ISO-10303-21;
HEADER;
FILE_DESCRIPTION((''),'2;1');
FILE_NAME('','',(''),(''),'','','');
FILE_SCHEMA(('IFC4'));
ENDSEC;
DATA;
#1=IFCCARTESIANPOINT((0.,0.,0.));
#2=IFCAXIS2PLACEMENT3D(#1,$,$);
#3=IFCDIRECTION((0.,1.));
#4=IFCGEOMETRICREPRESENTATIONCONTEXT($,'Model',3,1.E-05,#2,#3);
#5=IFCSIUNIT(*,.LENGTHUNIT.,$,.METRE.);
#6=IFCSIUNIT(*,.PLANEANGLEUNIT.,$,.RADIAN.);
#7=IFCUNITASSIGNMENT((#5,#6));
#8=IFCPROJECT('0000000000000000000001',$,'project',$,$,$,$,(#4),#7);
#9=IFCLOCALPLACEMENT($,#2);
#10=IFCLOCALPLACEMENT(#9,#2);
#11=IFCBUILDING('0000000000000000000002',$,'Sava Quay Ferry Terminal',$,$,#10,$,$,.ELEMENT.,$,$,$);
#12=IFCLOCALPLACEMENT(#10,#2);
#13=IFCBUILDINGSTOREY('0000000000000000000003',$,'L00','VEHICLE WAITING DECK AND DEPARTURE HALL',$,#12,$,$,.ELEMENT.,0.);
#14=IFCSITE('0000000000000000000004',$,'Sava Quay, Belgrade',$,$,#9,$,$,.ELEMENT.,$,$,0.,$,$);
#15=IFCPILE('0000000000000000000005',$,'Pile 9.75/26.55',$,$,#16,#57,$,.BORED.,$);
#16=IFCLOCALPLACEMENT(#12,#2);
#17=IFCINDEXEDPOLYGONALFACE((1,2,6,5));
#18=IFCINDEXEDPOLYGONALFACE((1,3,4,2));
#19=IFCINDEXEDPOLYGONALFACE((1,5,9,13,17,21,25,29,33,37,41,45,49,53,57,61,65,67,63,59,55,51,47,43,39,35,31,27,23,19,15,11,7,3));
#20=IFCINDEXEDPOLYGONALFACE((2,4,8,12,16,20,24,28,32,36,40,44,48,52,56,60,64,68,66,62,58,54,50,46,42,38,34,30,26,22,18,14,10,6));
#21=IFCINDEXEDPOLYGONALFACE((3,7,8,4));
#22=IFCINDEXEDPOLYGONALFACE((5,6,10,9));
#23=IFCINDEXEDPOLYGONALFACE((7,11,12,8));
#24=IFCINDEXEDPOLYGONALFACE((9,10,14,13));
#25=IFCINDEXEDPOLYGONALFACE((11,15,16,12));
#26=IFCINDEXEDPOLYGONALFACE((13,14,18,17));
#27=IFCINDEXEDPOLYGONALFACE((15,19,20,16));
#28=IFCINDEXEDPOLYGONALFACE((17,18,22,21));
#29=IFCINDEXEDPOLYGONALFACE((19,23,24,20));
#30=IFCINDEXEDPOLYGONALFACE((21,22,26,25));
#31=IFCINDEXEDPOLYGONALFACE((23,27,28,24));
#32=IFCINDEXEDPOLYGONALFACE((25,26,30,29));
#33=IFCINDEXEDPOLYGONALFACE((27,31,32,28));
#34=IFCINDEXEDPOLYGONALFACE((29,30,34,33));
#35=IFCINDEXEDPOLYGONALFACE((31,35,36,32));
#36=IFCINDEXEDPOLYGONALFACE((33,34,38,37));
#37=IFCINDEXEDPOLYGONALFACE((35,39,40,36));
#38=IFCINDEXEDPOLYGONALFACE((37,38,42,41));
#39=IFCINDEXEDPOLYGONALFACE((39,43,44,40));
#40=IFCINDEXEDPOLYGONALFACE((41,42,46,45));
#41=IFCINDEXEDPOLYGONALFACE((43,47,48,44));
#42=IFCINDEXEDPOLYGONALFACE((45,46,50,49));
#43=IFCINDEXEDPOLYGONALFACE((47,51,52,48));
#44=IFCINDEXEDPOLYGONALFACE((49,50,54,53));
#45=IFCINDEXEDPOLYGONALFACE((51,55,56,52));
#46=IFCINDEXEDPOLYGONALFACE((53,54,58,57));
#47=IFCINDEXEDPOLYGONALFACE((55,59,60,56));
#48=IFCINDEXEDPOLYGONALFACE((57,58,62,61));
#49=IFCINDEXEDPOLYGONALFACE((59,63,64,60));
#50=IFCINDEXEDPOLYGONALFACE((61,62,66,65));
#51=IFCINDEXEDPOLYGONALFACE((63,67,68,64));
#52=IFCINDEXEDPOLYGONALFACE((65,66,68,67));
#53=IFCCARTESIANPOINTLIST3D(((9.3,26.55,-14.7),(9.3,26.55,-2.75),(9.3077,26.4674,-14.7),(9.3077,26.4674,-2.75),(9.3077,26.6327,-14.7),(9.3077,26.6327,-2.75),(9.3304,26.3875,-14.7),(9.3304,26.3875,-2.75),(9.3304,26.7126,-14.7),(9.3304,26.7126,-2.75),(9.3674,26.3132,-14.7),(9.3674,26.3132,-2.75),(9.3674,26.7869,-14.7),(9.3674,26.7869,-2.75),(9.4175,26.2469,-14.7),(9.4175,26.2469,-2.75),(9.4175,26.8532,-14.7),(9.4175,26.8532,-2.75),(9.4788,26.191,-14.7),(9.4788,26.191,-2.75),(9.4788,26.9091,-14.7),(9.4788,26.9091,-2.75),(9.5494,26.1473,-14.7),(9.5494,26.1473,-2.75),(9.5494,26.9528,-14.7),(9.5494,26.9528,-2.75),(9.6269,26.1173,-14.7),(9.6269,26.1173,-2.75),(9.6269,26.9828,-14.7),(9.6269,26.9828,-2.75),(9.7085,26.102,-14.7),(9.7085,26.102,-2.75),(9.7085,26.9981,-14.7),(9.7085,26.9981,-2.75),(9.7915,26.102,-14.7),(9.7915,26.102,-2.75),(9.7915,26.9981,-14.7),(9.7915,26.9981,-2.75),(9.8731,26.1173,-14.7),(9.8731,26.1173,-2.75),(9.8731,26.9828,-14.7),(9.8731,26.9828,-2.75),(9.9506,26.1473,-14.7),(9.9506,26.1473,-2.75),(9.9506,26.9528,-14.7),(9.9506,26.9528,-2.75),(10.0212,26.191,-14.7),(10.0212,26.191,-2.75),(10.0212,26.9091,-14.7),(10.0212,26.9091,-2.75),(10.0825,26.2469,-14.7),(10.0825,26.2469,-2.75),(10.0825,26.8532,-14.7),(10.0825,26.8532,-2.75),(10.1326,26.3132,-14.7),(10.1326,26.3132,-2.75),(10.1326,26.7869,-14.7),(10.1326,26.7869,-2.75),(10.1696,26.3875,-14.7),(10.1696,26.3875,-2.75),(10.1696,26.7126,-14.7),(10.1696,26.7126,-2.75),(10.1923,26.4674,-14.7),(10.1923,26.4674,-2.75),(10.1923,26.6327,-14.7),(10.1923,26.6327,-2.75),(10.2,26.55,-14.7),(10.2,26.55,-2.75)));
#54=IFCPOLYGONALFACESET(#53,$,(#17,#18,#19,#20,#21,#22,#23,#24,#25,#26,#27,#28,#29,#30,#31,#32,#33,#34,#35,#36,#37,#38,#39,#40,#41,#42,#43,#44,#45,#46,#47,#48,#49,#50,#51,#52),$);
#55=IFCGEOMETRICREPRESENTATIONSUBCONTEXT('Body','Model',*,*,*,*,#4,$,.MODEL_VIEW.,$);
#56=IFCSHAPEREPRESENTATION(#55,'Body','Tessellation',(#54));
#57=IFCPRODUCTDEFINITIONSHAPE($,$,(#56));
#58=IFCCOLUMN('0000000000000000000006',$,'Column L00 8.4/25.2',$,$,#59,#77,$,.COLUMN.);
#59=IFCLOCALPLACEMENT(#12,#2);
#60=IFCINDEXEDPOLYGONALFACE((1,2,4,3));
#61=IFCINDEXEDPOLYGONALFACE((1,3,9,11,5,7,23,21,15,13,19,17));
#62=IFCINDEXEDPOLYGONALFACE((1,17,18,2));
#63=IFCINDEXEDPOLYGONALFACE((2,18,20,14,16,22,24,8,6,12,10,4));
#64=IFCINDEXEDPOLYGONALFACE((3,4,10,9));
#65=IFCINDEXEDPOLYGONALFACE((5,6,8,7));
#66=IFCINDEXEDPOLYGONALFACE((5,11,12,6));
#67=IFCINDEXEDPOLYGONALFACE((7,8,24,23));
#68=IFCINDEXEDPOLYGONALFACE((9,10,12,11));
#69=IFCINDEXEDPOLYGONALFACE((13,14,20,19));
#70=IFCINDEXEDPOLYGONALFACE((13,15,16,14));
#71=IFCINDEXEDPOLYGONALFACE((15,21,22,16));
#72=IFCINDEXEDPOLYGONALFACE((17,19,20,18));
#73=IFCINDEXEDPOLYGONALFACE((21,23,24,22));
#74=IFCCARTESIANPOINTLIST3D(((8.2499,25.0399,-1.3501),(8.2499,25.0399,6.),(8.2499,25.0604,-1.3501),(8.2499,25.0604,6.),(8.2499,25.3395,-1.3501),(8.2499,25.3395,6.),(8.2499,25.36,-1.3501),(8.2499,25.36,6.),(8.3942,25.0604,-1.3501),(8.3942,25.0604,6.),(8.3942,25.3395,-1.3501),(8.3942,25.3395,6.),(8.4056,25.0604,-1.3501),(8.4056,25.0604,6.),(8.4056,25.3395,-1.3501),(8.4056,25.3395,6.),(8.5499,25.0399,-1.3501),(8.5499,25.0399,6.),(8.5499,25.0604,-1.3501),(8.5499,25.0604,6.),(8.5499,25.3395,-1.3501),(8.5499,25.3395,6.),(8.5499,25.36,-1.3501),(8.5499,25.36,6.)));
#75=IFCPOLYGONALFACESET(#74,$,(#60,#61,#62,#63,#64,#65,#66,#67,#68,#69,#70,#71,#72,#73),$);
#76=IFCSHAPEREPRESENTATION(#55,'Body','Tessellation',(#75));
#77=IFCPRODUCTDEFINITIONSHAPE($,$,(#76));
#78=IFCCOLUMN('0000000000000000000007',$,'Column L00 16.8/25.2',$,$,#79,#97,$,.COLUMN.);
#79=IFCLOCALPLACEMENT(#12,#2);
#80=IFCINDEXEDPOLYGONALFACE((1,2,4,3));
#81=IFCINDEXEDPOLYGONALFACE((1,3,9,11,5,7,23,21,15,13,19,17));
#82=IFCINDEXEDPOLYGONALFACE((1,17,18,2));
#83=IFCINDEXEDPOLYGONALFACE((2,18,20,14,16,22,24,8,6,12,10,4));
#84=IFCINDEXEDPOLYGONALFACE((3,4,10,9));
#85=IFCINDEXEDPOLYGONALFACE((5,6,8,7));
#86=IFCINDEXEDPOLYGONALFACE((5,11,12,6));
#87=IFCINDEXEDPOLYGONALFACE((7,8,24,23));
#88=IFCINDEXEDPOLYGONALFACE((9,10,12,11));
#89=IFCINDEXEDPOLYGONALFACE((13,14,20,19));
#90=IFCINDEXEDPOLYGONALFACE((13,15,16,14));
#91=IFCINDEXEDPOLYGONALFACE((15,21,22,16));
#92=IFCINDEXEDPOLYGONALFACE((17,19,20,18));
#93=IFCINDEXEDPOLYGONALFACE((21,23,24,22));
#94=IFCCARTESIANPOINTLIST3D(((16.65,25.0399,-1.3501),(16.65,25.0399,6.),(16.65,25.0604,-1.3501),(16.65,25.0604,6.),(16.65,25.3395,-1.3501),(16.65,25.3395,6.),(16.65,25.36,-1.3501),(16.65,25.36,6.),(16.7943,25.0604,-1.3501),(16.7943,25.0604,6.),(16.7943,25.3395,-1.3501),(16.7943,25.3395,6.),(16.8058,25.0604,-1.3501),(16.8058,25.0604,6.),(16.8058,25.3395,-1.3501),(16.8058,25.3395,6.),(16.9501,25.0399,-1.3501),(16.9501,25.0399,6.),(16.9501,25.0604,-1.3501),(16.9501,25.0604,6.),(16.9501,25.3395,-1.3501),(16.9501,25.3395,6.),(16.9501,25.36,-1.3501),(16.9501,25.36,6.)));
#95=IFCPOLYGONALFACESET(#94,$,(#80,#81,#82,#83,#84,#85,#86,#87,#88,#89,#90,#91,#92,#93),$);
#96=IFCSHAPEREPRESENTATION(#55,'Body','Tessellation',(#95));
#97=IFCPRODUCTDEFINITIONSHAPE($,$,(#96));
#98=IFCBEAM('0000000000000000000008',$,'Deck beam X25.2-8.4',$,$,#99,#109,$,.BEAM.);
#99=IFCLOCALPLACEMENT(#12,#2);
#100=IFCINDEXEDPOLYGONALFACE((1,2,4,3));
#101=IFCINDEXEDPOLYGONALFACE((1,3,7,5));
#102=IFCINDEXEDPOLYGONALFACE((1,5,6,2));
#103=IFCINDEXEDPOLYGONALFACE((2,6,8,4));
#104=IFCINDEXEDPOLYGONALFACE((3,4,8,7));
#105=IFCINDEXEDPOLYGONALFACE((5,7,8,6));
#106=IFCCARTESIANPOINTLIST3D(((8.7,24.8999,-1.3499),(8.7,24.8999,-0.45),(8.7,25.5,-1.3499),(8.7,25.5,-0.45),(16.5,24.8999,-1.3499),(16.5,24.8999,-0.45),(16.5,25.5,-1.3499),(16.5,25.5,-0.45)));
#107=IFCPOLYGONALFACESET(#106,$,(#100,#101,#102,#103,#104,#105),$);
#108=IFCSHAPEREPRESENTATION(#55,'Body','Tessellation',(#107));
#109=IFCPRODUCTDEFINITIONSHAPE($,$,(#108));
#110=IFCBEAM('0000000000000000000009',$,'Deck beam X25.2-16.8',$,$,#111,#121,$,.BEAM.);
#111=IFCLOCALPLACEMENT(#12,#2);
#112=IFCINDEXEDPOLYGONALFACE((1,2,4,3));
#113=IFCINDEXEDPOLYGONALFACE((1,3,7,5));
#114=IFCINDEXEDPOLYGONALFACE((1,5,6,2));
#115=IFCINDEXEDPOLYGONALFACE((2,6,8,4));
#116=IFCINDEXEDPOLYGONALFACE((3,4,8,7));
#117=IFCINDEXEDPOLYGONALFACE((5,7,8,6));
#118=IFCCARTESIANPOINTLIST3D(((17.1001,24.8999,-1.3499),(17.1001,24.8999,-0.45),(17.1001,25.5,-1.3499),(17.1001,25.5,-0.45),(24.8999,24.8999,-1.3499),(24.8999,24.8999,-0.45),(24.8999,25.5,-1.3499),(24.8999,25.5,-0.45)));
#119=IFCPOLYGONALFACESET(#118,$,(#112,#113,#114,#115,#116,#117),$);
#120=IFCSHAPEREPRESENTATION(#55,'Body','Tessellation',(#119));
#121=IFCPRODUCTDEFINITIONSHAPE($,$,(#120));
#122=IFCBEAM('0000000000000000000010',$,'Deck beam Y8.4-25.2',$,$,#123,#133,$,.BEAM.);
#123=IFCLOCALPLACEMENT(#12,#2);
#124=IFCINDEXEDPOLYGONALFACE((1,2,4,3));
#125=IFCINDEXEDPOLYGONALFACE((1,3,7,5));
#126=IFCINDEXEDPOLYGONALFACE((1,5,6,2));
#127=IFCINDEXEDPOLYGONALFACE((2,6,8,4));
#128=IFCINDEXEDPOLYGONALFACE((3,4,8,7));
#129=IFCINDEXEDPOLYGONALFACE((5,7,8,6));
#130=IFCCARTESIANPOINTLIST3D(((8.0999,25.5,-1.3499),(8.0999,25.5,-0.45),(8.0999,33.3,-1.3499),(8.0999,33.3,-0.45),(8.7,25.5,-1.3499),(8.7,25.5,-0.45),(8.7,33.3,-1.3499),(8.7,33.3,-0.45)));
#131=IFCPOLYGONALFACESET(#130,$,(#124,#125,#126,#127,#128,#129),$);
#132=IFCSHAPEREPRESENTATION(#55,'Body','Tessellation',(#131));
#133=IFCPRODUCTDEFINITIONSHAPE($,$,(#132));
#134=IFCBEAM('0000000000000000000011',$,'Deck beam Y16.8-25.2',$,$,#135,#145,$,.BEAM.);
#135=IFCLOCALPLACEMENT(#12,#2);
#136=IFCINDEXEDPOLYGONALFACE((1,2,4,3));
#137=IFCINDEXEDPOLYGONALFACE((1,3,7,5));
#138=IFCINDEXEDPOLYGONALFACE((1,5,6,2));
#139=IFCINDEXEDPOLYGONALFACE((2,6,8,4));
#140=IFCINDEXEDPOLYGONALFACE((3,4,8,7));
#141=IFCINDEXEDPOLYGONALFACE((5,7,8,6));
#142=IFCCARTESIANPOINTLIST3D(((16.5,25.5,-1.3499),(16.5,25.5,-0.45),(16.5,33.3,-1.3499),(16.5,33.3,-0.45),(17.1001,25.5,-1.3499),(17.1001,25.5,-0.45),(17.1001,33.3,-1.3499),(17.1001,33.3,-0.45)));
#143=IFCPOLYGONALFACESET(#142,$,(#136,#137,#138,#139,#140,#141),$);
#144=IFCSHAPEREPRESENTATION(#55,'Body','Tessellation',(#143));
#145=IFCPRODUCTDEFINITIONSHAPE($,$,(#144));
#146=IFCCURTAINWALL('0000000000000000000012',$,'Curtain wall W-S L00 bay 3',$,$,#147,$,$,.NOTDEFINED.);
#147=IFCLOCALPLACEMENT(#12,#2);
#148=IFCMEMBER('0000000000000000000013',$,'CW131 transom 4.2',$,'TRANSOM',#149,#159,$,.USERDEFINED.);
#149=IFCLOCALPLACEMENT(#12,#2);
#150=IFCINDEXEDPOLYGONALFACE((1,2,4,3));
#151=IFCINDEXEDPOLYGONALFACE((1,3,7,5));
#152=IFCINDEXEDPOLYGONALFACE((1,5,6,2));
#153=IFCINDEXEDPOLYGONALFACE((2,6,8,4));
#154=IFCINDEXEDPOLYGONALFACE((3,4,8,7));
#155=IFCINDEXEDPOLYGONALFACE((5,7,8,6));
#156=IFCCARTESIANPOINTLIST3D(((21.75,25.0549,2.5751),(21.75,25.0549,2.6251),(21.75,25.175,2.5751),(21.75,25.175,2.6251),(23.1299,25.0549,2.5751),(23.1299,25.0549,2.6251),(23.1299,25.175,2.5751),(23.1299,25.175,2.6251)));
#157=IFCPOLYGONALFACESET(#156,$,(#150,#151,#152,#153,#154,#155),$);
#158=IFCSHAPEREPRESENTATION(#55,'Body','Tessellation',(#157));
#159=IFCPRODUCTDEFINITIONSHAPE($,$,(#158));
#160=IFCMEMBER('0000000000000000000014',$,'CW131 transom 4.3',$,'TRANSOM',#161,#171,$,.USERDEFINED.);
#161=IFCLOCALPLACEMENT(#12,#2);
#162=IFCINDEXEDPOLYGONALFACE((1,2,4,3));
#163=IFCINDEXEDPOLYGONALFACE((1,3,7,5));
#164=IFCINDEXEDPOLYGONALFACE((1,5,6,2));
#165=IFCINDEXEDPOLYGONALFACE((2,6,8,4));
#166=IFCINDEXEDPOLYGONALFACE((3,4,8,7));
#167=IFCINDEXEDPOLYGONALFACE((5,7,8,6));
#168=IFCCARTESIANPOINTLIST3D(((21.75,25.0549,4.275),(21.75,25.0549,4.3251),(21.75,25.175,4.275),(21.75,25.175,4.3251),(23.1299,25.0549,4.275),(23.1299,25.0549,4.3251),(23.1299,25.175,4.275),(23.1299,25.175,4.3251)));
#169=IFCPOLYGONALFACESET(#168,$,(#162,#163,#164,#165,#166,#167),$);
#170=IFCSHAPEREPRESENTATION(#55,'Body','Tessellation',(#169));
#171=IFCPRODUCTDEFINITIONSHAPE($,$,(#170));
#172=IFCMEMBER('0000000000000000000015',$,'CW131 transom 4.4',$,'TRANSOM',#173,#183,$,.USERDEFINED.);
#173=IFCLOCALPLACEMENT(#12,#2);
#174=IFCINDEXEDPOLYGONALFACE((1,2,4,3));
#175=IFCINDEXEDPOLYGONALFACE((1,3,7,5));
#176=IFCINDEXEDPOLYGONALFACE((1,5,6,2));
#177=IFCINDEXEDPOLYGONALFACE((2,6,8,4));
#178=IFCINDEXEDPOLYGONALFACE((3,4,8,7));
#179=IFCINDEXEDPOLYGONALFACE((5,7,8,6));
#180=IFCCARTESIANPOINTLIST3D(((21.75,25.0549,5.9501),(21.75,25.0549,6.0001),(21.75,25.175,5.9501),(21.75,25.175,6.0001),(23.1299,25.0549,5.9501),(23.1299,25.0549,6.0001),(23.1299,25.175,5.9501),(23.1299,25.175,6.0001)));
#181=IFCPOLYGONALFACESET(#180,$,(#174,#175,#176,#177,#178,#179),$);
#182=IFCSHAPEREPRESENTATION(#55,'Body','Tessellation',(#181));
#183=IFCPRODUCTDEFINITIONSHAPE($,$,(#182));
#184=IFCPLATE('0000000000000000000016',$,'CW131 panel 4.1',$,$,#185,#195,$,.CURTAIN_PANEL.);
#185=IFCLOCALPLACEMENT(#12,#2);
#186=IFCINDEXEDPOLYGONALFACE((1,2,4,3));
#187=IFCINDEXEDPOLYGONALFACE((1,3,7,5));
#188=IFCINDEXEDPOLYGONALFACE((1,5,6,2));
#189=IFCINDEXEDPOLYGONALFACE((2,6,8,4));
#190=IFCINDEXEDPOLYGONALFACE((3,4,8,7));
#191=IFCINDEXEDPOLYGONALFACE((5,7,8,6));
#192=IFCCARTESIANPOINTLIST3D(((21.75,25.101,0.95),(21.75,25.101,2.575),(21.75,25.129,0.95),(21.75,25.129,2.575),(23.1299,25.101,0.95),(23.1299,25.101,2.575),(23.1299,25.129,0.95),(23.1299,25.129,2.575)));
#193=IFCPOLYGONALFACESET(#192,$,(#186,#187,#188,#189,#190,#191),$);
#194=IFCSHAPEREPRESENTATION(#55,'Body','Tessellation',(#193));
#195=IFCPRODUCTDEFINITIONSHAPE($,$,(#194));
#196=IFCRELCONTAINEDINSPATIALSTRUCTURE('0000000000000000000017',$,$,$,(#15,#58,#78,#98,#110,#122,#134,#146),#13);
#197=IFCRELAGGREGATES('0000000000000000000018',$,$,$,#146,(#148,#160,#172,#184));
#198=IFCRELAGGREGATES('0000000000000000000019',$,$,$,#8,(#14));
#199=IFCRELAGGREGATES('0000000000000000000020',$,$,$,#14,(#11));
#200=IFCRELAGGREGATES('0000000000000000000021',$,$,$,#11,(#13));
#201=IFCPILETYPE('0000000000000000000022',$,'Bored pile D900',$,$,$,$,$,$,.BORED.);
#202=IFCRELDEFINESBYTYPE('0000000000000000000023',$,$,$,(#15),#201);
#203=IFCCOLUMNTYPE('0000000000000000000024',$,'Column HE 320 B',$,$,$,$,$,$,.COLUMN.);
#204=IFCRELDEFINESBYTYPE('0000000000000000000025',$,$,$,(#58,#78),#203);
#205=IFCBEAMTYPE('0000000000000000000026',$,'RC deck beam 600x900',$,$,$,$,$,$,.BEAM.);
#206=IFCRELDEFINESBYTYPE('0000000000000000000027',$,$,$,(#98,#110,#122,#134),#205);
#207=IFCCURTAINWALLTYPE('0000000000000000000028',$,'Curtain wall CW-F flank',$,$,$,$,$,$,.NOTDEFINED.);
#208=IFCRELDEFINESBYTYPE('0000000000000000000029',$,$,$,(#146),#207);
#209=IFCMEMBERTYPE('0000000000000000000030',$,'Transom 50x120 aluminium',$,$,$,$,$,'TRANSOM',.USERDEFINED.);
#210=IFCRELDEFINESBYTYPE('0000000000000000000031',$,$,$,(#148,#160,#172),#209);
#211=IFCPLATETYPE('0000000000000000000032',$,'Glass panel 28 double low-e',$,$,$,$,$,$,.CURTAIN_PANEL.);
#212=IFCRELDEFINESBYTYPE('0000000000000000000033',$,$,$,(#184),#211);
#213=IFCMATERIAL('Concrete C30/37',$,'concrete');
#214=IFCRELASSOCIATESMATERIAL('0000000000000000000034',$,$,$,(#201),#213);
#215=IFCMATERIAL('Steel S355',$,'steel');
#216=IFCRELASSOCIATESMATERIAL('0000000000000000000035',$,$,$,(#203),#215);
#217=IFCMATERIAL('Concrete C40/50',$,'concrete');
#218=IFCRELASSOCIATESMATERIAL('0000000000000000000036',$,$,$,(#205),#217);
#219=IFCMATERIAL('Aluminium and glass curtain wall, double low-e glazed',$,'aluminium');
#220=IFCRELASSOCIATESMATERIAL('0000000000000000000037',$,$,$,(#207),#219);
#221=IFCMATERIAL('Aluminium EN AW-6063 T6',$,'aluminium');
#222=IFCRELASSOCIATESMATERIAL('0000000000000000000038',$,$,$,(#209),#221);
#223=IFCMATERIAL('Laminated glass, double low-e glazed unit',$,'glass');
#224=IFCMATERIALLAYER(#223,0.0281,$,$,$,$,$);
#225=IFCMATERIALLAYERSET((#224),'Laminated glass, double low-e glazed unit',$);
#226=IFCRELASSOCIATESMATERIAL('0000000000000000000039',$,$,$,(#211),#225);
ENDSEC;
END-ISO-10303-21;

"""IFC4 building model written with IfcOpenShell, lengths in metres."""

from ifc_helpers import new_model, si_unit, direction, frame, origin, origin_2d, place, context, subcontext, project, spatial, rectangle, circle, i_section, extrude, material, layer, layer_set, material_profile, profile_set, type_object, element, aggregate, save


model = new_model("IFC4")

# Units and contexts
model_context = context("Model", 3, precision=1e-05, world=origin(), true_north=direction((0.0, 1.0)))
body_context = subcontext(model_context, "Body", "Model", "MODEL_VIEW")
ifc_project = project(units=[si_unit("LENGTHUNIT", "METRE"), si_unit("PLANEANGLEUNIT", "RADIAN")], contexts=[model_context])

# Site, building, storey
site_placement = place(None, origin())
site = spatial("IfcSite", under=ifc_project, at=site_placement, Name="Sava Quay, Belgrade", CompositionType="ELEMENT", RefElevation=0.0)
building_placement = place(site_placement, origin())
building = spatial("IfcBuilding", under=site, at=building_placement, Name="Sava Quay Ferry Terminal", CompositionType="ELEMENT")
storey_placement = place(building_placement, origin())
storey = spatial("IfcBuildingStorey", under=building, at=storey_placement, Name="L00", Description="VEHICLE WAITING DECK AND DEPARTURE HALL", CompositionType="ELEMENT", Elevation=0.0)

# Pile
ifc_material_1 = material(Name="Concrete C30/37", Category="concrete")
ifc_material_profile_1 = material_profile(ifc_material_1, circle(Radius=0.45, at=origin_2d()), Name="Bored pile D900")
ifc_profile_set_1 = profile_set([ifc_material_profile_1], Name="Concrete C30/37")
pile_type = type_object("IfcPileType", Name="Bored pile D900", PredefinedType="BORED", material=ifc_profile_set_1)
pile_placement = place(storey_placement, frame((9.75, 26.55, -2.75), z_axis=(0.0, 0.0, -1.0), x_axis=(1.0, 0.0, 0.0)))
element("IfcPile", 1, at=pile_placement, inside=storey, type_object=pile_type, Name="Pile 9.75/26.55", PredefinedType="BORED", context=body_context, shape_type="SweptSolid", body=[
    extrude(circle(Radius=0.45, at=origin_2d()), origin(), (0.0, 0.0, 1.0), 11.95),
])

# Columns
ifc_material_2 = material(Name="Steel S355", Category="steel")
ifc_material_profile_2 = material_profile(ifc_material_2, i_section(OverallWidth=0.3, OverallDepth=0.3201, WebThickness=0.0115, FlangeThickness=0.0205, at=origin_2d()), Name="HE 320 B")
ifc_profile_set_2 = profile_set([ifc_material_profile_2], Name="Steel S355")
column_type = type_object("IfcColumnType", Name="Column HE 320 B", PredefinedType="COLUMN", material=ifc_profile_set_2)
for number, where, z_axis, x_axis, name in (
    (2, (8.3999, 25.2, -1.3501), (0.0, 0.0, 1.0), (1.0, 0.0, 0.0), "Column L00 8.4/25.2"),
    (3, (16.8, 25.2, -1.3501), (0.0, 0.0, 1.0), (1.0, 0.0, 0.0), "Column L00 16.8/25.2"),
):
    element("IfcColumn", number, at=place(storey_placement, frame(where, z_axis=z_axis, x_axis=x_axis)), inside=storey, type_object=column_type, Name=name, PredefinedType="COLUMN", context=body_context, shape_type="SweptSolid", body=[
        extrude(i_section(OverallWidth=0.3, OverallDepth=0.3201, WebThickness=0.0115, FlangeThickness=0.0205, at=origin_2d()), origin(), (0.0, 0.0, 1.0), 7.3501),
    ])

# Beams
ifc_material_3 = material(Name="Concrete C40/50", Category="concrete")
ifc_material_profile_3 = material_profile(ifc_material_3, rectangle(XDim=0.6001, YDim=0.8999, at=origin_2d()), Name="RC 600x900")
ifc_profile_set_3 = profile_set([ifc_material_profile_3], Name="Concrete C40/50")
beam_type = type_object("IfcBeamType", Name="RC deck beam 600x900", PredefinedType="BEAM", material=ifc_profile_set_3)
beam_1_placement = place(storey_placement, frame((8.7, 25.2, -0.8999), z_axis=(1.0, 0.0, 0.0), x_axis=(0.0, 1.0, 0.0)))
element("IfcBeam", 4, at=beam_1_placement, inside=storey, type_object=beam_type, Name="Deck beam X25.2-8.4", PredefinedType="BEAM", context=body_context, shape_type="SweptSolid", body=[
    extrude(rectangle(XDim=0.6001, YDim=0.8999, at=origin_2d()), origin(), (0.0, 0.0, 1.0), 7.8),
])
beam_2_placement = place(storey_placement, frame((17.1001, 25.2, -0.8999), z_axis=(1.0, 0.0, 0.0), x_axis=(0.0, 1.0, 0.0)))
element("IfcBeam", 5, at=beam_2_placement, inside=storey, type_object=beam_type, Name="Deck beam X25.2-16.8", PredefinedType="BEAM", context=body_context, shape_type="SweptSolid", body=[
    extrude(rectangle(XDim=0.6001, YDim=0.8999, at=origin_2d()), origin(), (0.0, 0.0, 1.0), 7.7998),
])
for number, where, z_axis, x_axis, name in (
    (6, (8.3999, 25.5, -0.8999), (0.0, 1.0, 0.0), (-1.0, 0.0, 0.0), "Deck beam Y8.4-25.2"),
    (7, (16.8, 25.5, -0.8999), (0.0, 1.0, 0.0), (-1.0, 0.0, 0.0), "Deck beam Y16.8-25.2"),
):
    element("IfcBeam", number, at=place(storey_placement, frame(where, z_axis=z_axis, x_axis=x_axis)), inside=storey, type_object=beam_type, Name=name, PredefinedType="BEAM", context=body_context, shape_type="SweptSolid", body=[
        extrude(rectangle(XDim=0.6001, YDim=0.8999, at=origin_2d()), origin(), (0.0, 0.0, 1.0), 7.8),
    ])

# Curtain wall, members, plate
ifc_material_4 = material(Name="Aluminium and glass curtain wall, double low-e glazed", Category="aluminium")
curtain_wall_type = type_object("IfcCurtainWallType", Name="Curtain wall CW-F flank", PredefinedType="NOTDEFINED", material=ifc_material_4)
curtain_wall_placement = place(storey_placement, origin())
curtain_wall = element("IfcCurtainWall", 8, at=curtain_wall_placement, inside=storey, type_object=curtain_wall_type, Name="Curtain wall W-S L00 bay 3", PredefinedType="NOTDEFINED")
ifc_material_5 = material(Name="Aluminium EN AW-6063 T6", Category="aluminium")
ifc_material_profile_4 = material_profile(ifc_material_5, rectangle(XDim=0.1201, YDim=0.05, at=origin_2d()), Name="Transom 50x120 aluminium")
ifc_profile_set_4 = profile_set([ifc_material_profile_4], Name="Aluminium EN AW-6063 T6")
member_type = type_object("IfcMemberType", Name="Transom 50x120 aluminium", ElementType="TRANSOM", PredefinedType="USERDEFINED", material=ifc_profile_set_4)
member_1_placement = place(storey_placement, frame((21.75, 25.115, 2.6001), z_axis=(1.0, 0.0, 0.0), x_axis=(0.0, 1.0, 0.0)))
member_1 = element("IfcMember", 9, at=member_1_placement, type_object=member_type, Name="CW131 transom 4.2", ObjectType="TRANSOM", PredefinedType="USERDEFINED", context=body_context, shape_type="SweptSolid", body=[
    extrude(rectangle(XDim=0.1201, YDim=0.05, at=origin_2d()), origin(), (0.0, 0.0, 1.0), 1.3799),
])
member_2_placement = place(storey_placement, frame((21.75, 25.115, 4.3), z_axis=(1.0, 0.0, 0.0), x_axis=(0.0, 1.0, 0.0)))
member_2 = element("IfcMember", 10, at=member_2_placement, type_object=member_type, Name="CW131 transom 4.3", ObjectType="TRANSOM", PredefinedType="USERDEFINED", context=body_context, shape_type="SweptSolid", body=[
    extrude(rectangle(XDim=0.1201, YDim=0.05, at=origin_2d()), origin(), (0.0, 0.0, 1.0), 1.3799),
])
member_3_placement = place(storey_placement, frame((21.75, 25.115, 5.9751), z_axis=(1.0, 0.0, 0.0), x_axis=(0.0, 1.0, 0.0)))
member_3 = element("IfcMember", 11, at=member_3_placement, type_object=member_type, Name="CW131 transom 4.4", ObjectType="TRANSOM", PredefinedType="USERDEFINED", context=body_context, shape_type="SweptSolid", body=[
    extrude(rectangle(XDim=0.1201, YDim=0.05, at=origin_2d()), origin(), (0.0, 0.0, 1.0), 1.3799),
])
ifc_material_6 = material(Name="Laminated glass, double low-e glazed unit", Category="glass")
ifc_layer_1 = layer(ifc_material_6, 0.0281)
ifc_layer_set_1 = layer_set([ifc_layer_1], Name="Laminated glass, double low-e glazed unit")
plate_type = type_object("IfcPlateType", Name="Glass panel 28 double low-e", PredefinedType="CURTAIN_PANEL", material=ifc_layer_set_1)
plate_1_placement = place(storey_placement, frame((22.4399, 25.115, 0.95), z_axis=(0.0, 0.0, 1.0), x_axis=(1.0, 0.0, 0.0)))
plate_1 = element("IfcPlate", 12, at=plate_1_placement, type_object=plate_type, Name="CW131 panel 4.1", PredefinedType="CURTAIN_PANEL", context=body_context, shape_type="SweptSolid", body=[
    extrude(rectangle(XDim=1.3799, YDim=0.0281, at=origin_2d()), origin(), (0.0, 0.0, 1.0), 1.625),
])
aggregate(curtain_wall, [member_1, member_2, member_3, plate_1])

save(model, "model.ifc")
